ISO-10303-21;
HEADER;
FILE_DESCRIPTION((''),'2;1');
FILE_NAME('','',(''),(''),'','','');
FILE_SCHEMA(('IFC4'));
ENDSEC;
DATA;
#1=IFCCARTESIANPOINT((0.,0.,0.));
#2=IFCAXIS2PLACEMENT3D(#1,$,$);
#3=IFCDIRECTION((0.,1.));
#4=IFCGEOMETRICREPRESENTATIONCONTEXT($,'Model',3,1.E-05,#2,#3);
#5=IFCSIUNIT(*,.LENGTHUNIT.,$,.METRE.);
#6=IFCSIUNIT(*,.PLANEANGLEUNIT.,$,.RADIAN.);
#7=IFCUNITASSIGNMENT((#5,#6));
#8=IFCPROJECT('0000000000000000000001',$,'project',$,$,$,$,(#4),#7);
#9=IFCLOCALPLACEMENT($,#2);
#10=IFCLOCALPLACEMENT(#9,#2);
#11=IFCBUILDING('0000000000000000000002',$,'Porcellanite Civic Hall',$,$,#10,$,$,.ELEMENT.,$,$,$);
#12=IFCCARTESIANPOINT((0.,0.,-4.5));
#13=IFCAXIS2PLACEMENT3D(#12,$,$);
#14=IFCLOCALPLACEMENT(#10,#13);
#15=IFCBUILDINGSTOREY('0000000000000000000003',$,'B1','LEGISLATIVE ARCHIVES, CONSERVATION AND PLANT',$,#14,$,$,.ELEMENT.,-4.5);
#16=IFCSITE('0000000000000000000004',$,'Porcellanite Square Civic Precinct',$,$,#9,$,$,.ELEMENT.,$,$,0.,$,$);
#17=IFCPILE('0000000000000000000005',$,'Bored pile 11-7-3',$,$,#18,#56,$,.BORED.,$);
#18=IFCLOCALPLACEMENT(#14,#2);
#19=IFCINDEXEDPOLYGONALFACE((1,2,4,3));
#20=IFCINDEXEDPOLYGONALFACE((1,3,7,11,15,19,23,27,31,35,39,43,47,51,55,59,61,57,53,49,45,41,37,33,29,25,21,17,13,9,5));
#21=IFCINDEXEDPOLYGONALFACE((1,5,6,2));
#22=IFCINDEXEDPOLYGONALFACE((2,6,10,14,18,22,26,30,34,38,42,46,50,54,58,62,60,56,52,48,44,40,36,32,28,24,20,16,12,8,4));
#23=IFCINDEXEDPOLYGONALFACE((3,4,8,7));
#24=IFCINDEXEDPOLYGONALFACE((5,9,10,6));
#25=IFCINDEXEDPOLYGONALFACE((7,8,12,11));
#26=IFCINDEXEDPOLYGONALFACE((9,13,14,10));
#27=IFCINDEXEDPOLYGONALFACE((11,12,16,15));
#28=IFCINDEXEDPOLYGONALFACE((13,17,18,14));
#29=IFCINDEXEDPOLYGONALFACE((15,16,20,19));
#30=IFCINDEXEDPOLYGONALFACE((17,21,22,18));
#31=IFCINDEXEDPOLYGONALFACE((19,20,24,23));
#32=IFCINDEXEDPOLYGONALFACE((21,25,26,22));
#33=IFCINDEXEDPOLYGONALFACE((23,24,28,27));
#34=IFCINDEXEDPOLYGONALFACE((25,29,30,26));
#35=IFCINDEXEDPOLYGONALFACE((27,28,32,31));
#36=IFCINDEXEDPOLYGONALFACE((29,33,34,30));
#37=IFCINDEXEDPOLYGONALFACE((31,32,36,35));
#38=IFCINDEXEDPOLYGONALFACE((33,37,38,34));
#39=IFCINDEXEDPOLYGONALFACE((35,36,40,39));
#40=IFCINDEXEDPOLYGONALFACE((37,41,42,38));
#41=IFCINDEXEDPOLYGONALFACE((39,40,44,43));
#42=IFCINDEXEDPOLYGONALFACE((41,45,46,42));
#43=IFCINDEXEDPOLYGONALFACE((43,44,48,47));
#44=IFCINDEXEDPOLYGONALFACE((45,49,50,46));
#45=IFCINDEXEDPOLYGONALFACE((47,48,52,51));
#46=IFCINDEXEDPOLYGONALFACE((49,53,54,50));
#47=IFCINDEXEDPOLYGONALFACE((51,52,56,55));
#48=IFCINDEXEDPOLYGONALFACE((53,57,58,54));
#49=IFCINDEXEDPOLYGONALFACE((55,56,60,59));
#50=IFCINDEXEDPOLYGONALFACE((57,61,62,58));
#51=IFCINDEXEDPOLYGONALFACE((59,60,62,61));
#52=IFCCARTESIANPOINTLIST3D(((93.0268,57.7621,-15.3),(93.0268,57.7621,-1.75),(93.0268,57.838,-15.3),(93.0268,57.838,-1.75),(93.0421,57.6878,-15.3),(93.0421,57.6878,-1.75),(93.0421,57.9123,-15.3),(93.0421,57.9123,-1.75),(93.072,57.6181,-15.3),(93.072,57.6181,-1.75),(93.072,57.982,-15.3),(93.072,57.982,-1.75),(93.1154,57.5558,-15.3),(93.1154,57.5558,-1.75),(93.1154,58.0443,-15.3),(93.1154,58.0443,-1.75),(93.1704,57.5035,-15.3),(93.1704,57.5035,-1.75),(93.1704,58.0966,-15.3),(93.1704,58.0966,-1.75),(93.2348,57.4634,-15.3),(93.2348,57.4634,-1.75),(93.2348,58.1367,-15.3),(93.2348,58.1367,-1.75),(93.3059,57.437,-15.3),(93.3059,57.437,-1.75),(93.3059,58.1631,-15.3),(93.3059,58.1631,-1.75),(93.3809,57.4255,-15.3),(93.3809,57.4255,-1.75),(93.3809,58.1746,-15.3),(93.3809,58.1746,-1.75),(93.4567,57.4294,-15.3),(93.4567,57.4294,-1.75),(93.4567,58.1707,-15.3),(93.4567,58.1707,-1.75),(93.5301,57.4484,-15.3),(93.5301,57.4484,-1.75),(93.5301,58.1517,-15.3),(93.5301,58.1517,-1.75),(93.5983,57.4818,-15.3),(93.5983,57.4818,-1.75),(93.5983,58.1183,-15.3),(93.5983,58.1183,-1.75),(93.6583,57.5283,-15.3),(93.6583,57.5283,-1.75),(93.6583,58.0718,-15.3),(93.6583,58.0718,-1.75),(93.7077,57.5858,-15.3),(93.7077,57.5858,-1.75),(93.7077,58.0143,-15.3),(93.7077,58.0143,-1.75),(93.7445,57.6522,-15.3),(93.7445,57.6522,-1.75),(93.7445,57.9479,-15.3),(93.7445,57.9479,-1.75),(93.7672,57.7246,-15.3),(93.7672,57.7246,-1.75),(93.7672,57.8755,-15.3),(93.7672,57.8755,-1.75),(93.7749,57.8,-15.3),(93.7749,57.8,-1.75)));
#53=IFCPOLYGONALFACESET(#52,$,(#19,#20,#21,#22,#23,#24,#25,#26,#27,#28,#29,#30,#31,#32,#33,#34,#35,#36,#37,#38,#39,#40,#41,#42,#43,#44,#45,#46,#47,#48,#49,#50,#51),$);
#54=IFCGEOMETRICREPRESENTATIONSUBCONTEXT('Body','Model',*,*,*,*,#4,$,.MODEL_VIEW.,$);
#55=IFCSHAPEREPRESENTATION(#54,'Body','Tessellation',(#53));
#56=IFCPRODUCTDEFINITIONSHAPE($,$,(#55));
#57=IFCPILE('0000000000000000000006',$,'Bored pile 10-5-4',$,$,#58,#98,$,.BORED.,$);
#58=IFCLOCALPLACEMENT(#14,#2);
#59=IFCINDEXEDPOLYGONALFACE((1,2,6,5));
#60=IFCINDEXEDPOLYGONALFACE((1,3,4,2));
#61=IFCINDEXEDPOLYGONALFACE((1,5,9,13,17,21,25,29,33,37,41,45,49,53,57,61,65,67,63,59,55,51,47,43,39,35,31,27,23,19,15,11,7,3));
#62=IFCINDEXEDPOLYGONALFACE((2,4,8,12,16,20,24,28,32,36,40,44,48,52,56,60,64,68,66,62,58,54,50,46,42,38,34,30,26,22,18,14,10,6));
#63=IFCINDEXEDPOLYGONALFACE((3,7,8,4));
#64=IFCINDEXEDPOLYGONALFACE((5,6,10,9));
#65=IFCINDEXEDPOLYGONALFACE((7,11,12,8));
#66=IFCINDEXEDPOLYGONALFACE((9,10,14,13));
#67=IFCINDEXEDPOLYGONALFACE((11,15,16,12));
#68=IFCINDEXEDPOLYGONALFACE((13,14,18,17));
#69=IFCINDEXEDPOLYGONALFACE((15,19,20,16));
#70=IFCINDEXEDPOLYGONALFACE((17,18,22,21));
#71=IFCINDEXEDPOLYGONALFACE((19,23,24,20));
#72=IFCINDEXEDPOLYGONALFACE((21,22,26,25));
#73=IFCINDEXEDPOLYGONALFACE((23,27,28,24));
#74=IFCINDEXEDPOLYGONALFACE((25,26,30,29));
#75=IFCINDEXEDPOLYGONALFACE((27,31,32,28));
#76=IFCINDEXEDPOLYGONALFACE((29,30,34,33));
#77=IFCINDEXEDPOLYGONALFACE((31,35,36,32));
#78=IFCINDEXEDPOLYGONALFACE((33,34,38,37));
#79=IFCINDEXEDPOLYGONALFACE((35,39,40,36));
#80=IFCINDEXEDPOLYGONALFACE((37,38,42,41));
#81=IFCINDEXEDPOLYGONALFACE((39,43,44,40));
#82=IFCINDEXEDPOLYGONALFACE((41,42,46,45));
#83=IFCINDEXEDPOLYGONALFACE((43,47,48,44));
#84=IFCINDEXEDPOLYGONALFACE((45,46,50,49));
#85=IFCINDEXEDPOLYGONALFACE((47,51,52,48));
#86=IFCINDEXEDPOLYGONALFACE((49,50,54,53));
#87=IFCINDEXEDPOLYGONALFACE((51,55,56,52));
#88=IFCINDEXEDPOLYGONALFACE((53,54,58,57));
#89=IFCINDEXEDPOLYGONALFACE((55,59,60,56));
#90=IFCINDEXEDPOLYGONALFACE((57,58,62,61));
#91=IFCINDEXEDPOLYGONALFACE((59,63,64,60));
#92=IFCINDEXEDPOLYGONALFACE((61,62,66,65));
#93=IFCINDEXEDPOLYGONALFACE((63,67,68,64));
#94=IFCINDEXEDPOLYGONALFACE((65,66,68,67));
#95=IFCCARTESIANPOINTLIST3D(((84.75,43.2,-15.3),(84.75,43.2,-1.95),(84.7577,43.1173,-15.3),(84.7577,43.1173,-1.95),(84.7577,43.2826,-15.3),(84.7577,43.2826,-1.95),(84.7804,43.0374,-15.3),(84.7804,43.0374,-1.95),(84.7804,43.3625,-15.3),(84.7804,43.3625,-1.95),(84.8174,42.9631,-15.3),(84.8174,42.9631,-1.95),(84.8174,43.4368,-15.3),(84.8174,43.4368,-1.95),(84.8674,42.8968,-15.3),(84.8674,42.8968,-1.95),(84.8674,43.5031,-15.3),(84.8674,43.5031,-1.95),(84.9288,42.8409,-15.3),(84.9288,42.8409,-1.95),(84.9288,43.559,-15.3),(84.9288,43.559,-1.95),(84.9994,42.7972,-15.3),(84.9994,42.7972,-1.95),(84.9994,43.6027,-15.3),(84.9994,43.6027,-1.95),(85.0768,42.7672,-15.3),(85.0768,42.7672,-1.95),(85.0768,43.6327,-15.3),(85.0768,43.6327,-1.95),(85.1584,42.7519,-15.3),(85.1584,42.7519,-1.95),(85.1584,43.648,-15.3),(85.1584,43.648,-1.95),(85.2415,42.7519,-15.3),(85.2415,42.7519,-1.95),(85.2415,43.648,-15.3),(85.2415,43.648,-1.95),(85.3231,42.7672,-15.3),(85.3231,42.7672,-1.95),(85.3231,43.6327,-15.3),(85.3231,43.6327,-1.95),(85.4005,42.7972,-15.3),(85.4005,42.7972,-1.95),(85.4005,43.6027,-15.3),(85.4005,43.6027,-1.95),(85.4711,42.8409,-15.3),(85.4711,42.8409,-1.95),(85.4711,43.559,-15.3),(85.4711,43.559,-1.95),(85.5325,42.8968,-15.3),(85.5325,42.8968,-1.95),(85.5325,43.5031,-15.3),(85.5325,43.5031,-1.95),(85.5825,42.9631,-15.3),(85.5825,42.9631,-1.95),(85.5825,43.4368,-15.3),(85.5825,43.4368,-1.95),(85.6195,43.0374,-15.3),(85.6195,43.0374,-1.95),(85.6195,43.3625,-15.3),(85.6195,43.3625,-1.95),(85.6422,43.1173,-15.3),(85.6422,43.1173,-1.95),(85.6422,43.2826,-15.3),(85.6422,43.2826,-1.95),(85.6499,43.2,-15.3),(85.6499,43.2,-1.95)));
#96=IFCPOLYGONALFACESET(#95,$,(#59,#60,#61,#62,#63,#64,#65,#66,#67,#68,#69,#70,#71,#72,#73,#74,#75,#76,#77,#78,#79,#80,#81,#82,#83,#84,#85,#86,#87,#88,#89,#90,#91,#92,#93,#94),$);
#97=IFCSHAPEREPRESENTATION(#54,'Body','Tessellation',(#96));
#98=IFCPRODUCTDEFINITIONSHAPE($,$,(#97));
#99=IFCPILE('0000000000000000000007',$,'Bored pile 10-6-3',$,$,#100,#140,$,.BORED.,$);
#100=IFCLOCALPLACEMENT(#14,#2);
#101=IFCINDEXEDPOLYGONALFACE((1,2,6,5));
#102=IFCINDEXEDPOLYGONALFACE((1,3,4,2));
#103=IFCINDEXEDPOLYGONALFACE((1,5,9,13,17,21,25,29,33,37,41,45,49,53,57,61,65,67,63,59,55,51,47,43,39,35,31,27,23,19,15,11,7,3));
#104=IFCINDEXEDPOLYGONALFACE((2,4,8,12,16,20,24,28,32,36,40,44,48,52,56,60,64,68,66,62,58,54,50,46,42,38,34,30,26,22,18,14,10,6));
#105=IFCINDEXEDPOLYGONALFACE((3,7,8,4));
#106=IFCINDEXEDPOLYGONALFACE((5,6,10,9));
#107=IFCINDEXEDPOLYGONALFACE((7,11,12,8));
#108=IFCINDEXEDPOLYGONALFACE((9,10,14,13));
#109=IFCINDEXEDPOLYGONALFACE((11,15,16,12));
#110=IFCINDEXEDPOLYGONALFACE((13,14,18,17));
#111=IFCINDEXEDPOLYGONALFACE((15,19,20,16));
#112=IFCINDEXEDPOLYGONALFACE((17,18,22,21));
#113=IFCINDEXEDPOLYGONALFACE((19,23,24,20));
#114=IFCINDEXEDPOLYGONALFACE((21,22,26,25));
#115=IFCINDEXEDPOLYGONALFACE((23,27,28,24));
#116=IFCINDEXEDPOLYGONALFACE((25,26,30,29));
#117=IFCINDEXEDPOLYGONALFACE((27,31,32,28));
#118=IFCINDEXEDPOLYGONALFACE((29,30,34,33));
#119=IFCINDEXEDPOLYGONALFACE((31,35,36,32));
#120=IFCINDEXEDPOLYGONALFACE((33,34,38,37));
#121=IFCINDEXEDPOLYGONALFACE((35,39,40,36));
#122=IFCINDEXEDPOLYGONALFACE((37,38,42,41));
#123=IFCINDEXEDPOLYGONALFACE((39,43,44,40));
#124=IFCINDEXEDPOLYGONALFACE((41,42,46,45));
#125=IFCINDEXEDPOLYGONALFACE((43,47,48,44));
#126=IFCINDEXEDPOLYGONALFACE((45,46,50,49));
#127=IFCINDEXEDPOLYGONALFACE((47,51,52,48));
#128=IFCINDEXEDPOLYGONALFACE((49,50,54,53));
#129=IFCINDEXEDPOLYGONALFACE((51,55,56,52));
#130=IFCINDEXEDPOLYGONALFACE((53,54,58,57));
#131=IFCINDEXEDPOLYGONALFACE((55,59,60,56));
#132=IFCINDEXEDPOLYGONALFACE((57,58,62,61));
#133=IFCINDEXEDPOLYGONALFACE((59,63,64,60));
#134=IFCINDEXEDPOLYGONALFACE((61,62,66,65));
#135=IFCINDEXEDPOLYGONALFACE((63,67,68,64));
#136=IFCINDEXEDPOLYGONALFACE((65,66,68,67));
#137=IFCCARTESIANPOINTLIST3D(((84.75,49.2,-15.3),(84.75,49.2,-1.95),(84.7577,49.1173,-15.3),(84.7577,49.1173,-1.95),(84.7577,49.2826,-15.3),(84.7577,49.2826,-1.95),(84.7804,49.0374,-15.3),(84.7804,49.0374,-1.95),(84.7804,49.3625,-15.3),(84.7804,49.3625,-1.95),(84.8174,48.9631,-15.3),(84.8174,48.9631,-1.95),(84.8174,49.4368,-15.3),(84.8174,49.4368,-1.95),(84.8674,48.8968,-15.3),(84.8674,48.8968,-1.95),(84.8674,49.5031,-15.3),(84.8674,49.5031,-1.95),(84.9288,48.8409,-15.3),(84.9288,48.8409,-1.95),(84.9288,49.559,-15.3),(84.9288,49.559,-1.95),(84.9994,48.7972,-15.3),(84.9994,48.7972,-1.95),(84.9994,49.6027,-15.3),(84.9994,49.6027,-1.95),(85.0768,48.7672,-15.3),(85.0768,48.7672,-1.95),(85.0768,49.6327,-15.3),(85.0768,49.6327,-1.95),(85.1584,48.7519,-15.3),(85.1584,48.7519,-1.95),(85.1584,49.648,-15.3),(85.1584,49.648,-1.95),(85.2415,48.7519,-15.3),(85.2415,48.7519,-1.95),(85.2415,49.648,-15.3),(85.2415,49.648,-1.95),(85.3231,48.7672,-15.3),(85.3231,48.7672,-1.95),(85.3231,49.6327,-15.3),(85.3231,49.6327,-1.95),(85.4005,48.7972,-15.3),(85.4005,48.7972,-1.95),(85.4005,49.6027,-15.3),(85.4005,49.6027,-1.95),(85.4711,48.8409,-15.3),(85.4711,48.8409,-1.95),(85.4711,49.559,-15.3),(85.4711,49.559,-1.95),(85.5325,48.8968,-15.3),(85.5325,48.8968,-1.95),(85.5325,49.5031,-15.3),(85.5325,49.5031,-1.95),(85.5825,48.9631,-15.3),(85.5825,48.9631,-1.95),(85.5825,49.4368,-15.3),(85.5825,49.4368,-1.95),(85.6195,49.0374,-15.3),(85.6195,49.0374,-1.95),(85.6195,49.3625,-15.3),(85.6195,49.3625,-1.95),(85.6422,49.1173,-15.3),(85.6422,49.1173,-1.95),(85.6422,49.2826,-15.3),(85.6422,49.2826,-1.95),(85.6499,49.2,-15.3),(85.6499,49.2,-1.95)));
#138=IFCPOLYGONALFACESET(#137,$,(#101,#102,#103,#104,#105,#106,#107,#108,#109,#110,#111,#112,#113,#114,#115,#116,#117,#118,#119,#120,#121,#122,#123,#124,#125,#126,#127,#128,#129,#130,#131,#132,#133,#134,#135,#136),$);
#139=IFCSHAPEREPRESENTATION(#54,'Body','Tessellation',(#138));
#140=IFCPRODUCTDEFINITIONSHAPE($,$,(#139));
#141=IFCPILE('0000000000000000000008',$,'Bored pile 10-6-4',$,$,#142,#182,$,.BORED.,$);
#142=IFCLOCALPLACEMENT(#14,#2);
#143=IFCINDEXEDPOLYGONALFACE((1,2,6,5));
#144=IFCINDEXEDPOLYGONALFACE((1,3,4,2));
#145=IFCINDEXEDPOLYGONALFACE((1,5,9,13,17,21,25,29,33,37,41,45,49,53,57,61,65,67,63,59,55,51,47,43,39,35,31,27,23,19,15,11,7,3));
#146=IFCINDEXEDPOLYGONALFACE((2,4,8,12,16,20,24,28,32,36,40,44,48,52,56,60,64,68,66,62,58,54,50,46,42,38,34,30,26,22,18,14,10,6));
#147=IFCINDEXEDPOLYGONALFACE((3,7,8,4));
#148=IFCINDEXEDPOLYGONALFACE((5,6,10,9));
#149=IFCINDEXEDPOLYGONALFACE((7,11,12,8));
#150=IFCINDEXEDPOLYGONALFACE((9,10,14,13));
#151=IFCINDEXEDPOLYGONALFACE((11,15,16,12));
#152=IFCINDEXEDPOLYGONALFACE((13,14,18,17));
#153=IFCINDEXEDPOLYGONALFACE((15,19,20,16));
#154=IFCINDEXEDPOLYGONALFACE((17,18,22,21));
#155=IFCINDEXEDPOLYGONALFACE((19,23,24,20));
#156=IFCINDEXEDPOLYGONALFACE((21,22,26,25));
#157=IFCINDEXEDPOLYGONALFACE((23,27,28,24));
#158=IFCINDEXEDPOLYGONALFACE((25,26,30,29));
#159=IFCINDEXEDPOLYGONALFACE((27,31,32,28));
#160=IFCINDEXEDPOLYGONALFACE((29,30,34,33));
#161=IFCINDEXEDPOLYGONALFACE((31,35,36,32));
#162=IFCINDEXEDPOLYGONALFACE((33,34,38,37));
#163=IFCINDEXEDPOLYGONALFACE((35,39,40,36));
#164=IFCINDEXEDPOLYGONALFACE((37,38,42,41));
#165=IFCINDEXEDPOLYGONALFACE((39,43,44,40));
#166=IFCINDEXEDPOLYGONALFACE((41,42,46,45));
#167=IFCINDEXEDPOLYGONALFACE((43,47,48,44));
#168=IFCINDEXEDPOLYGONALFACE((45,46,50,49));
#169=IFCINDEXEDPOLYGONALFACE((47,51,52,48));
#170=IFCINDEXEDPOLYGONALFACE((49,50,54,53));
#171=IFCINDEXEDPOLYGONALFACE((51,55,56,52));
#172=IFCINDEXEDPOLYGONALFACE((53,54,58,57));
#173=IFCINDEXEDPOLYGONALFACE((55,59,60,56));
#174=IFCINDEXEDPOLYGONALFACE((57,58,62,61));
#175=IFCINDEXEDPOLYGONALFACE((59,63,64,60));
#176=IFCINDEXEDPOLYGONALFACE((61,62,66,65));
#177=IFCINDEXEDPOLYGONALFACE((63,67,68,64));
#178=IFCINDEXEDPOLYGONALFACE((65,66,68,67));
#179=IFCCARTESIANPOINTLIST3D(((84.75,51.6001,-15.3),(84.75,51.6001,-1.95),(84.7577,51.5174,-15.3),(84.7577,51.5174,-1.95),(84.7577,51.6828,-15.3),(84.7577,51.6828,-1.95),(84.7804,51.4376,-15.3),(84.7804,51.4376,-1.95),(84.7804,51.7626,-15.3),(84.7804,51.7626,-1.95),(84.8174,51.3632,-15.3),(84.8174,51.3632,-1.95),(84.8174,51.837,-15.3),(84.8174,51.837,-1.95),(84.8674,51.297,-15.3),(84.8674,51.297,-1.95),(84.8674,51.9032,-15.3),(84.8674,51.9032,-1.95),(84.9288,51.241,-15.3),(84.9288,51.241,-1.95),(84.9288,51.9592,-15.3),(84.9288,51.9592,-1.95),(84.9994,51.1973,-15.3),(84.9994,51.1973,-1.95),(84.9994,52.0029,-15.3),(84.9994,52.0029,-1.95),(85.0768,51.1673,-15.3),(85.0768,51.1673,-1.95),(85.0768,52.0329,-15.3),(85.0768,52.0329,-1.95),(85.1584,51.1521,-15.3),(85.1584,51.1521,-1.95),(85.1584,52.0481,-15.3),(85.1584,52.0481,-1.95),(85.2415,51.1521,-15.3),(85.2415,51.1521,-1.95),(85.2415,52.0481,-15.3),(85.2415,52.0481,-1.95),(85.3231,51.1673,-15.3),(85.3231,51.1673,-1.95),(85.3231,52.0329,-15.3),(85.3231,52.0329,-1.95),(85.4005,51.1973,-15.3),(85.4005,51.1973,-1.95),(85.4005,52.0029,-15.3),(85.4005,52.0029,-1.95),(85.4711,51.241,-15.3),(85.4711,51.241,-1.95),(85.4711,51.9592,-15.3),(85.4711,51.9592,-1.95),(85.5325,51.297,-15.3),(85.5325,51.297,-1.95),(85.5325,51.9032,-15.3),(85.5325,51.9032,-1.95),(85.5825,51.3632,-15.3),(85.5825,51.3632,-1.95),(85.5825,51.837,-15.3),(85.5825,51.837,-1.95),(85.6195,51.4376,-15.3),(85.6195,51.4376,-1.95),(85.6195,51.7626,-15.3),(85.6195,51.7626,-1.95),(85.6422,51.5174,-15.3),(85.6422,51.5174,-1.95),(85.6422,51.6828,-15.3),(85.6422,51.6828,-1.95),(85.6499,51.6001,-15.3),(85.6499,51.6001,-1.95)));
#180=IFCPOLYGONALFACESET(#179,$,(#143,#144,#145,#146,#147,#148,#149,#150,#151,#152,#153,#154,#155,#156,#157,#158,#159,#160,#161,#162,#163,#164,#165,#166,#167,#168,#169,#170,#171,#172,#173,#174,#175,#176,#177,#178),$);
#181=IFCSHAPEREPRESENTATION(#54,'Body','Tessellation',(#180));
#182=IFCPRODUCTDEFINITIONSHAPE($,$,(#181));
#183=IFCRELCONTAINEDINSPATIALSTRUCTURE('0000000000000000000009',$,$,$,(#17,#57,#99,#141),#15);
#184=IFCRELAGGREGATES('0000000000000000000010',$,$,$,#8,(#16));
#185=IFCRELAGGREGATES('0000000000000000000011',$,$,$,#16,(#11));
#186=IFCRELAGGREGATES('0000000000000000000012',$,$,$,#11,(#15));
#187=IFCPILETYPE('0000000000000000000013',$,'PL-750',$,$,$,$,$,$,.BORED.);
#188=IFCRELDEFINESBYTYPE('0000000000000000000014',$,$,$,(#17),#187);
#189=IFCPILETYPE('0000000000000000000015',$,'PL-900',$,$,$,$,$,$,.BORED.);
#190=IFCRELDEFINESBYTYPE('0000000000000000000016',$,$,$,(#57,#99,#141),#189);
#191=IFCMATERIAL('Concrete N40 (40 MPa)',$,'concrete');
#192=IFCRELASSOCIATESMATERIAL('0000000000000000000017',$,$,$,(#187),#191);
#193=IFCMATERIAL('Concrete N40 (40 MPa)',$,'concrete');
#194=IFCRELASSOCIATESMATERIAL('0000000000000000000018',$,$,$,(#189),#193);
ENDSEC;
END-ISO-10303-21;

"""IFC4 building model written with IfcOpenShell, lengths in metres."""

from ifc_helpers import new_model, si_unit, direction, frame, origin, origin_2d, place, context, subcontext, project, spatial, circle, extrude, material, material_profile, profile_set, type_object, element, save


model = new_model("IFC4")

# Units and contexts
model_context = context("Model", 3, precision=1e-05, world=origin(), true_north=direction((0.0, 1.0)))
body_context = subcontext(model_context, "Body", "Model", "MODEL_VIEW")
ifc_project = project(units=[si_unit("LENGTHUNIT", "METRE"), si_unit("PLANEANGLEUNIT", "RADIAN")], contexts=[model_context])

# Site, building, storey
site_placement = place(None, origin())
site = spatial("IfcSite", under=ifc_project, at=site_placement, Name="Porcellanite Square Civic Precinct", CompositionType="ELEMENT", RefElevation=0.0)
building_placement = place(site_placement, origin())
building = spatial("IfcBuilding", under=site, at=building_placement, Name="Porcellanite Civic Hall", CompositionType="ELEMENT")
storey_placement = place(building_placement, frame((0.0, 0.0, -4.5)))
storey = spatial("IfcBuildingStorey", under=building, at=storey_placement, Name="B1", Description="LEGISLATIVE ARCHIVES, CONSERVATION AND PLANT", CompositionType="ELEMENT", Elevation=-4.5)

# Piles
ifc_material_1 = material(Name="Concrete N40 (40 MPa)", Category="concrete")
ifc_material_profile_1 = material_profile(ifc_material_1, circle(Radius=0.375, at=origin_2d()), Name="PILE-D750")
ifc_profile_set_1 = profile_set([ifc_material_profile_1], Name="Concrete N40 (40 MPa)")
pile_type_1 = type_object("IfcPileType", Name="PL-750", PredefinedType="BORED", material=ifc_profile_set_1)
for number, where, z_axis, x_axis, name in (
    (1, (93.3999, 57.8, -1.75), (0.0, 0.0, -1.0), (1.0, 0.0, 0.0), "Bored pile 11-7-3"),
):
    element("IfcPile", number, at=place(storey_placement, frame(where, z_axis=z_axis, x_axis=x_axis)), inside=storey, type_object=pile_type_1, Name=name, PredefinedType="BORED", context=body_context, shape_type="SweptSolid", body=[
        extrude(circle(Radius=0.375, at=origin_2d()), origin(), (0.0, 0.0, 1.0), 13.55),
    ])
ifc_material_2 = material(Name="Concrete N40 (40 MPa)", Category="concrete")
ifc_material_profile_2 = material_profile(ifc_material_2, circle(Radius=0.45, at=origin_2d()), Name="PILE-D900")
ifc_profile_set_2 = profile_set([ifc_material_profile_2], Name="Concrete N40 (40 MPa)")
pile_type_2 = type_object("IfcPileType", Name="PL-900", PredefinedType="BORED", material=ifc_profile_set_2)
for number, where, z_axis, x_axis, name in (
    (2, (85.2, 43.2, -1.95), (0.0, 0.0, -1.0), (1.0, 0.0, 0.0), "Bored pile 10-5-4"),
    (3, (85.2, 49.2, -1.95), (0.0, 0.0, -1.0), (1.0, 0.0, 0.0), "Bored pile 10-6-3"),
    (4, (85.2, 51.6001, -1.95), (0.0, 0.0, -1.0), (1.0, 0.0, 0.0), "Bored pile 10-6-4"),
):
    element("IfcPile", number, at=place(storey_placement, frame(where, z_axis=z_axis, x_axis=x_axis)), inside=storey, type_object=pile_type_2, Name=name, PredefinedType="BORED", context=body_context, shape_type="SweptSolid", body=[
        extrude(circle(Radius=0.45, at=origin_2d()), origin(), (0.0, 0.0, 1.0), 13.3501),
    ])

save(model, "model.ifc")
